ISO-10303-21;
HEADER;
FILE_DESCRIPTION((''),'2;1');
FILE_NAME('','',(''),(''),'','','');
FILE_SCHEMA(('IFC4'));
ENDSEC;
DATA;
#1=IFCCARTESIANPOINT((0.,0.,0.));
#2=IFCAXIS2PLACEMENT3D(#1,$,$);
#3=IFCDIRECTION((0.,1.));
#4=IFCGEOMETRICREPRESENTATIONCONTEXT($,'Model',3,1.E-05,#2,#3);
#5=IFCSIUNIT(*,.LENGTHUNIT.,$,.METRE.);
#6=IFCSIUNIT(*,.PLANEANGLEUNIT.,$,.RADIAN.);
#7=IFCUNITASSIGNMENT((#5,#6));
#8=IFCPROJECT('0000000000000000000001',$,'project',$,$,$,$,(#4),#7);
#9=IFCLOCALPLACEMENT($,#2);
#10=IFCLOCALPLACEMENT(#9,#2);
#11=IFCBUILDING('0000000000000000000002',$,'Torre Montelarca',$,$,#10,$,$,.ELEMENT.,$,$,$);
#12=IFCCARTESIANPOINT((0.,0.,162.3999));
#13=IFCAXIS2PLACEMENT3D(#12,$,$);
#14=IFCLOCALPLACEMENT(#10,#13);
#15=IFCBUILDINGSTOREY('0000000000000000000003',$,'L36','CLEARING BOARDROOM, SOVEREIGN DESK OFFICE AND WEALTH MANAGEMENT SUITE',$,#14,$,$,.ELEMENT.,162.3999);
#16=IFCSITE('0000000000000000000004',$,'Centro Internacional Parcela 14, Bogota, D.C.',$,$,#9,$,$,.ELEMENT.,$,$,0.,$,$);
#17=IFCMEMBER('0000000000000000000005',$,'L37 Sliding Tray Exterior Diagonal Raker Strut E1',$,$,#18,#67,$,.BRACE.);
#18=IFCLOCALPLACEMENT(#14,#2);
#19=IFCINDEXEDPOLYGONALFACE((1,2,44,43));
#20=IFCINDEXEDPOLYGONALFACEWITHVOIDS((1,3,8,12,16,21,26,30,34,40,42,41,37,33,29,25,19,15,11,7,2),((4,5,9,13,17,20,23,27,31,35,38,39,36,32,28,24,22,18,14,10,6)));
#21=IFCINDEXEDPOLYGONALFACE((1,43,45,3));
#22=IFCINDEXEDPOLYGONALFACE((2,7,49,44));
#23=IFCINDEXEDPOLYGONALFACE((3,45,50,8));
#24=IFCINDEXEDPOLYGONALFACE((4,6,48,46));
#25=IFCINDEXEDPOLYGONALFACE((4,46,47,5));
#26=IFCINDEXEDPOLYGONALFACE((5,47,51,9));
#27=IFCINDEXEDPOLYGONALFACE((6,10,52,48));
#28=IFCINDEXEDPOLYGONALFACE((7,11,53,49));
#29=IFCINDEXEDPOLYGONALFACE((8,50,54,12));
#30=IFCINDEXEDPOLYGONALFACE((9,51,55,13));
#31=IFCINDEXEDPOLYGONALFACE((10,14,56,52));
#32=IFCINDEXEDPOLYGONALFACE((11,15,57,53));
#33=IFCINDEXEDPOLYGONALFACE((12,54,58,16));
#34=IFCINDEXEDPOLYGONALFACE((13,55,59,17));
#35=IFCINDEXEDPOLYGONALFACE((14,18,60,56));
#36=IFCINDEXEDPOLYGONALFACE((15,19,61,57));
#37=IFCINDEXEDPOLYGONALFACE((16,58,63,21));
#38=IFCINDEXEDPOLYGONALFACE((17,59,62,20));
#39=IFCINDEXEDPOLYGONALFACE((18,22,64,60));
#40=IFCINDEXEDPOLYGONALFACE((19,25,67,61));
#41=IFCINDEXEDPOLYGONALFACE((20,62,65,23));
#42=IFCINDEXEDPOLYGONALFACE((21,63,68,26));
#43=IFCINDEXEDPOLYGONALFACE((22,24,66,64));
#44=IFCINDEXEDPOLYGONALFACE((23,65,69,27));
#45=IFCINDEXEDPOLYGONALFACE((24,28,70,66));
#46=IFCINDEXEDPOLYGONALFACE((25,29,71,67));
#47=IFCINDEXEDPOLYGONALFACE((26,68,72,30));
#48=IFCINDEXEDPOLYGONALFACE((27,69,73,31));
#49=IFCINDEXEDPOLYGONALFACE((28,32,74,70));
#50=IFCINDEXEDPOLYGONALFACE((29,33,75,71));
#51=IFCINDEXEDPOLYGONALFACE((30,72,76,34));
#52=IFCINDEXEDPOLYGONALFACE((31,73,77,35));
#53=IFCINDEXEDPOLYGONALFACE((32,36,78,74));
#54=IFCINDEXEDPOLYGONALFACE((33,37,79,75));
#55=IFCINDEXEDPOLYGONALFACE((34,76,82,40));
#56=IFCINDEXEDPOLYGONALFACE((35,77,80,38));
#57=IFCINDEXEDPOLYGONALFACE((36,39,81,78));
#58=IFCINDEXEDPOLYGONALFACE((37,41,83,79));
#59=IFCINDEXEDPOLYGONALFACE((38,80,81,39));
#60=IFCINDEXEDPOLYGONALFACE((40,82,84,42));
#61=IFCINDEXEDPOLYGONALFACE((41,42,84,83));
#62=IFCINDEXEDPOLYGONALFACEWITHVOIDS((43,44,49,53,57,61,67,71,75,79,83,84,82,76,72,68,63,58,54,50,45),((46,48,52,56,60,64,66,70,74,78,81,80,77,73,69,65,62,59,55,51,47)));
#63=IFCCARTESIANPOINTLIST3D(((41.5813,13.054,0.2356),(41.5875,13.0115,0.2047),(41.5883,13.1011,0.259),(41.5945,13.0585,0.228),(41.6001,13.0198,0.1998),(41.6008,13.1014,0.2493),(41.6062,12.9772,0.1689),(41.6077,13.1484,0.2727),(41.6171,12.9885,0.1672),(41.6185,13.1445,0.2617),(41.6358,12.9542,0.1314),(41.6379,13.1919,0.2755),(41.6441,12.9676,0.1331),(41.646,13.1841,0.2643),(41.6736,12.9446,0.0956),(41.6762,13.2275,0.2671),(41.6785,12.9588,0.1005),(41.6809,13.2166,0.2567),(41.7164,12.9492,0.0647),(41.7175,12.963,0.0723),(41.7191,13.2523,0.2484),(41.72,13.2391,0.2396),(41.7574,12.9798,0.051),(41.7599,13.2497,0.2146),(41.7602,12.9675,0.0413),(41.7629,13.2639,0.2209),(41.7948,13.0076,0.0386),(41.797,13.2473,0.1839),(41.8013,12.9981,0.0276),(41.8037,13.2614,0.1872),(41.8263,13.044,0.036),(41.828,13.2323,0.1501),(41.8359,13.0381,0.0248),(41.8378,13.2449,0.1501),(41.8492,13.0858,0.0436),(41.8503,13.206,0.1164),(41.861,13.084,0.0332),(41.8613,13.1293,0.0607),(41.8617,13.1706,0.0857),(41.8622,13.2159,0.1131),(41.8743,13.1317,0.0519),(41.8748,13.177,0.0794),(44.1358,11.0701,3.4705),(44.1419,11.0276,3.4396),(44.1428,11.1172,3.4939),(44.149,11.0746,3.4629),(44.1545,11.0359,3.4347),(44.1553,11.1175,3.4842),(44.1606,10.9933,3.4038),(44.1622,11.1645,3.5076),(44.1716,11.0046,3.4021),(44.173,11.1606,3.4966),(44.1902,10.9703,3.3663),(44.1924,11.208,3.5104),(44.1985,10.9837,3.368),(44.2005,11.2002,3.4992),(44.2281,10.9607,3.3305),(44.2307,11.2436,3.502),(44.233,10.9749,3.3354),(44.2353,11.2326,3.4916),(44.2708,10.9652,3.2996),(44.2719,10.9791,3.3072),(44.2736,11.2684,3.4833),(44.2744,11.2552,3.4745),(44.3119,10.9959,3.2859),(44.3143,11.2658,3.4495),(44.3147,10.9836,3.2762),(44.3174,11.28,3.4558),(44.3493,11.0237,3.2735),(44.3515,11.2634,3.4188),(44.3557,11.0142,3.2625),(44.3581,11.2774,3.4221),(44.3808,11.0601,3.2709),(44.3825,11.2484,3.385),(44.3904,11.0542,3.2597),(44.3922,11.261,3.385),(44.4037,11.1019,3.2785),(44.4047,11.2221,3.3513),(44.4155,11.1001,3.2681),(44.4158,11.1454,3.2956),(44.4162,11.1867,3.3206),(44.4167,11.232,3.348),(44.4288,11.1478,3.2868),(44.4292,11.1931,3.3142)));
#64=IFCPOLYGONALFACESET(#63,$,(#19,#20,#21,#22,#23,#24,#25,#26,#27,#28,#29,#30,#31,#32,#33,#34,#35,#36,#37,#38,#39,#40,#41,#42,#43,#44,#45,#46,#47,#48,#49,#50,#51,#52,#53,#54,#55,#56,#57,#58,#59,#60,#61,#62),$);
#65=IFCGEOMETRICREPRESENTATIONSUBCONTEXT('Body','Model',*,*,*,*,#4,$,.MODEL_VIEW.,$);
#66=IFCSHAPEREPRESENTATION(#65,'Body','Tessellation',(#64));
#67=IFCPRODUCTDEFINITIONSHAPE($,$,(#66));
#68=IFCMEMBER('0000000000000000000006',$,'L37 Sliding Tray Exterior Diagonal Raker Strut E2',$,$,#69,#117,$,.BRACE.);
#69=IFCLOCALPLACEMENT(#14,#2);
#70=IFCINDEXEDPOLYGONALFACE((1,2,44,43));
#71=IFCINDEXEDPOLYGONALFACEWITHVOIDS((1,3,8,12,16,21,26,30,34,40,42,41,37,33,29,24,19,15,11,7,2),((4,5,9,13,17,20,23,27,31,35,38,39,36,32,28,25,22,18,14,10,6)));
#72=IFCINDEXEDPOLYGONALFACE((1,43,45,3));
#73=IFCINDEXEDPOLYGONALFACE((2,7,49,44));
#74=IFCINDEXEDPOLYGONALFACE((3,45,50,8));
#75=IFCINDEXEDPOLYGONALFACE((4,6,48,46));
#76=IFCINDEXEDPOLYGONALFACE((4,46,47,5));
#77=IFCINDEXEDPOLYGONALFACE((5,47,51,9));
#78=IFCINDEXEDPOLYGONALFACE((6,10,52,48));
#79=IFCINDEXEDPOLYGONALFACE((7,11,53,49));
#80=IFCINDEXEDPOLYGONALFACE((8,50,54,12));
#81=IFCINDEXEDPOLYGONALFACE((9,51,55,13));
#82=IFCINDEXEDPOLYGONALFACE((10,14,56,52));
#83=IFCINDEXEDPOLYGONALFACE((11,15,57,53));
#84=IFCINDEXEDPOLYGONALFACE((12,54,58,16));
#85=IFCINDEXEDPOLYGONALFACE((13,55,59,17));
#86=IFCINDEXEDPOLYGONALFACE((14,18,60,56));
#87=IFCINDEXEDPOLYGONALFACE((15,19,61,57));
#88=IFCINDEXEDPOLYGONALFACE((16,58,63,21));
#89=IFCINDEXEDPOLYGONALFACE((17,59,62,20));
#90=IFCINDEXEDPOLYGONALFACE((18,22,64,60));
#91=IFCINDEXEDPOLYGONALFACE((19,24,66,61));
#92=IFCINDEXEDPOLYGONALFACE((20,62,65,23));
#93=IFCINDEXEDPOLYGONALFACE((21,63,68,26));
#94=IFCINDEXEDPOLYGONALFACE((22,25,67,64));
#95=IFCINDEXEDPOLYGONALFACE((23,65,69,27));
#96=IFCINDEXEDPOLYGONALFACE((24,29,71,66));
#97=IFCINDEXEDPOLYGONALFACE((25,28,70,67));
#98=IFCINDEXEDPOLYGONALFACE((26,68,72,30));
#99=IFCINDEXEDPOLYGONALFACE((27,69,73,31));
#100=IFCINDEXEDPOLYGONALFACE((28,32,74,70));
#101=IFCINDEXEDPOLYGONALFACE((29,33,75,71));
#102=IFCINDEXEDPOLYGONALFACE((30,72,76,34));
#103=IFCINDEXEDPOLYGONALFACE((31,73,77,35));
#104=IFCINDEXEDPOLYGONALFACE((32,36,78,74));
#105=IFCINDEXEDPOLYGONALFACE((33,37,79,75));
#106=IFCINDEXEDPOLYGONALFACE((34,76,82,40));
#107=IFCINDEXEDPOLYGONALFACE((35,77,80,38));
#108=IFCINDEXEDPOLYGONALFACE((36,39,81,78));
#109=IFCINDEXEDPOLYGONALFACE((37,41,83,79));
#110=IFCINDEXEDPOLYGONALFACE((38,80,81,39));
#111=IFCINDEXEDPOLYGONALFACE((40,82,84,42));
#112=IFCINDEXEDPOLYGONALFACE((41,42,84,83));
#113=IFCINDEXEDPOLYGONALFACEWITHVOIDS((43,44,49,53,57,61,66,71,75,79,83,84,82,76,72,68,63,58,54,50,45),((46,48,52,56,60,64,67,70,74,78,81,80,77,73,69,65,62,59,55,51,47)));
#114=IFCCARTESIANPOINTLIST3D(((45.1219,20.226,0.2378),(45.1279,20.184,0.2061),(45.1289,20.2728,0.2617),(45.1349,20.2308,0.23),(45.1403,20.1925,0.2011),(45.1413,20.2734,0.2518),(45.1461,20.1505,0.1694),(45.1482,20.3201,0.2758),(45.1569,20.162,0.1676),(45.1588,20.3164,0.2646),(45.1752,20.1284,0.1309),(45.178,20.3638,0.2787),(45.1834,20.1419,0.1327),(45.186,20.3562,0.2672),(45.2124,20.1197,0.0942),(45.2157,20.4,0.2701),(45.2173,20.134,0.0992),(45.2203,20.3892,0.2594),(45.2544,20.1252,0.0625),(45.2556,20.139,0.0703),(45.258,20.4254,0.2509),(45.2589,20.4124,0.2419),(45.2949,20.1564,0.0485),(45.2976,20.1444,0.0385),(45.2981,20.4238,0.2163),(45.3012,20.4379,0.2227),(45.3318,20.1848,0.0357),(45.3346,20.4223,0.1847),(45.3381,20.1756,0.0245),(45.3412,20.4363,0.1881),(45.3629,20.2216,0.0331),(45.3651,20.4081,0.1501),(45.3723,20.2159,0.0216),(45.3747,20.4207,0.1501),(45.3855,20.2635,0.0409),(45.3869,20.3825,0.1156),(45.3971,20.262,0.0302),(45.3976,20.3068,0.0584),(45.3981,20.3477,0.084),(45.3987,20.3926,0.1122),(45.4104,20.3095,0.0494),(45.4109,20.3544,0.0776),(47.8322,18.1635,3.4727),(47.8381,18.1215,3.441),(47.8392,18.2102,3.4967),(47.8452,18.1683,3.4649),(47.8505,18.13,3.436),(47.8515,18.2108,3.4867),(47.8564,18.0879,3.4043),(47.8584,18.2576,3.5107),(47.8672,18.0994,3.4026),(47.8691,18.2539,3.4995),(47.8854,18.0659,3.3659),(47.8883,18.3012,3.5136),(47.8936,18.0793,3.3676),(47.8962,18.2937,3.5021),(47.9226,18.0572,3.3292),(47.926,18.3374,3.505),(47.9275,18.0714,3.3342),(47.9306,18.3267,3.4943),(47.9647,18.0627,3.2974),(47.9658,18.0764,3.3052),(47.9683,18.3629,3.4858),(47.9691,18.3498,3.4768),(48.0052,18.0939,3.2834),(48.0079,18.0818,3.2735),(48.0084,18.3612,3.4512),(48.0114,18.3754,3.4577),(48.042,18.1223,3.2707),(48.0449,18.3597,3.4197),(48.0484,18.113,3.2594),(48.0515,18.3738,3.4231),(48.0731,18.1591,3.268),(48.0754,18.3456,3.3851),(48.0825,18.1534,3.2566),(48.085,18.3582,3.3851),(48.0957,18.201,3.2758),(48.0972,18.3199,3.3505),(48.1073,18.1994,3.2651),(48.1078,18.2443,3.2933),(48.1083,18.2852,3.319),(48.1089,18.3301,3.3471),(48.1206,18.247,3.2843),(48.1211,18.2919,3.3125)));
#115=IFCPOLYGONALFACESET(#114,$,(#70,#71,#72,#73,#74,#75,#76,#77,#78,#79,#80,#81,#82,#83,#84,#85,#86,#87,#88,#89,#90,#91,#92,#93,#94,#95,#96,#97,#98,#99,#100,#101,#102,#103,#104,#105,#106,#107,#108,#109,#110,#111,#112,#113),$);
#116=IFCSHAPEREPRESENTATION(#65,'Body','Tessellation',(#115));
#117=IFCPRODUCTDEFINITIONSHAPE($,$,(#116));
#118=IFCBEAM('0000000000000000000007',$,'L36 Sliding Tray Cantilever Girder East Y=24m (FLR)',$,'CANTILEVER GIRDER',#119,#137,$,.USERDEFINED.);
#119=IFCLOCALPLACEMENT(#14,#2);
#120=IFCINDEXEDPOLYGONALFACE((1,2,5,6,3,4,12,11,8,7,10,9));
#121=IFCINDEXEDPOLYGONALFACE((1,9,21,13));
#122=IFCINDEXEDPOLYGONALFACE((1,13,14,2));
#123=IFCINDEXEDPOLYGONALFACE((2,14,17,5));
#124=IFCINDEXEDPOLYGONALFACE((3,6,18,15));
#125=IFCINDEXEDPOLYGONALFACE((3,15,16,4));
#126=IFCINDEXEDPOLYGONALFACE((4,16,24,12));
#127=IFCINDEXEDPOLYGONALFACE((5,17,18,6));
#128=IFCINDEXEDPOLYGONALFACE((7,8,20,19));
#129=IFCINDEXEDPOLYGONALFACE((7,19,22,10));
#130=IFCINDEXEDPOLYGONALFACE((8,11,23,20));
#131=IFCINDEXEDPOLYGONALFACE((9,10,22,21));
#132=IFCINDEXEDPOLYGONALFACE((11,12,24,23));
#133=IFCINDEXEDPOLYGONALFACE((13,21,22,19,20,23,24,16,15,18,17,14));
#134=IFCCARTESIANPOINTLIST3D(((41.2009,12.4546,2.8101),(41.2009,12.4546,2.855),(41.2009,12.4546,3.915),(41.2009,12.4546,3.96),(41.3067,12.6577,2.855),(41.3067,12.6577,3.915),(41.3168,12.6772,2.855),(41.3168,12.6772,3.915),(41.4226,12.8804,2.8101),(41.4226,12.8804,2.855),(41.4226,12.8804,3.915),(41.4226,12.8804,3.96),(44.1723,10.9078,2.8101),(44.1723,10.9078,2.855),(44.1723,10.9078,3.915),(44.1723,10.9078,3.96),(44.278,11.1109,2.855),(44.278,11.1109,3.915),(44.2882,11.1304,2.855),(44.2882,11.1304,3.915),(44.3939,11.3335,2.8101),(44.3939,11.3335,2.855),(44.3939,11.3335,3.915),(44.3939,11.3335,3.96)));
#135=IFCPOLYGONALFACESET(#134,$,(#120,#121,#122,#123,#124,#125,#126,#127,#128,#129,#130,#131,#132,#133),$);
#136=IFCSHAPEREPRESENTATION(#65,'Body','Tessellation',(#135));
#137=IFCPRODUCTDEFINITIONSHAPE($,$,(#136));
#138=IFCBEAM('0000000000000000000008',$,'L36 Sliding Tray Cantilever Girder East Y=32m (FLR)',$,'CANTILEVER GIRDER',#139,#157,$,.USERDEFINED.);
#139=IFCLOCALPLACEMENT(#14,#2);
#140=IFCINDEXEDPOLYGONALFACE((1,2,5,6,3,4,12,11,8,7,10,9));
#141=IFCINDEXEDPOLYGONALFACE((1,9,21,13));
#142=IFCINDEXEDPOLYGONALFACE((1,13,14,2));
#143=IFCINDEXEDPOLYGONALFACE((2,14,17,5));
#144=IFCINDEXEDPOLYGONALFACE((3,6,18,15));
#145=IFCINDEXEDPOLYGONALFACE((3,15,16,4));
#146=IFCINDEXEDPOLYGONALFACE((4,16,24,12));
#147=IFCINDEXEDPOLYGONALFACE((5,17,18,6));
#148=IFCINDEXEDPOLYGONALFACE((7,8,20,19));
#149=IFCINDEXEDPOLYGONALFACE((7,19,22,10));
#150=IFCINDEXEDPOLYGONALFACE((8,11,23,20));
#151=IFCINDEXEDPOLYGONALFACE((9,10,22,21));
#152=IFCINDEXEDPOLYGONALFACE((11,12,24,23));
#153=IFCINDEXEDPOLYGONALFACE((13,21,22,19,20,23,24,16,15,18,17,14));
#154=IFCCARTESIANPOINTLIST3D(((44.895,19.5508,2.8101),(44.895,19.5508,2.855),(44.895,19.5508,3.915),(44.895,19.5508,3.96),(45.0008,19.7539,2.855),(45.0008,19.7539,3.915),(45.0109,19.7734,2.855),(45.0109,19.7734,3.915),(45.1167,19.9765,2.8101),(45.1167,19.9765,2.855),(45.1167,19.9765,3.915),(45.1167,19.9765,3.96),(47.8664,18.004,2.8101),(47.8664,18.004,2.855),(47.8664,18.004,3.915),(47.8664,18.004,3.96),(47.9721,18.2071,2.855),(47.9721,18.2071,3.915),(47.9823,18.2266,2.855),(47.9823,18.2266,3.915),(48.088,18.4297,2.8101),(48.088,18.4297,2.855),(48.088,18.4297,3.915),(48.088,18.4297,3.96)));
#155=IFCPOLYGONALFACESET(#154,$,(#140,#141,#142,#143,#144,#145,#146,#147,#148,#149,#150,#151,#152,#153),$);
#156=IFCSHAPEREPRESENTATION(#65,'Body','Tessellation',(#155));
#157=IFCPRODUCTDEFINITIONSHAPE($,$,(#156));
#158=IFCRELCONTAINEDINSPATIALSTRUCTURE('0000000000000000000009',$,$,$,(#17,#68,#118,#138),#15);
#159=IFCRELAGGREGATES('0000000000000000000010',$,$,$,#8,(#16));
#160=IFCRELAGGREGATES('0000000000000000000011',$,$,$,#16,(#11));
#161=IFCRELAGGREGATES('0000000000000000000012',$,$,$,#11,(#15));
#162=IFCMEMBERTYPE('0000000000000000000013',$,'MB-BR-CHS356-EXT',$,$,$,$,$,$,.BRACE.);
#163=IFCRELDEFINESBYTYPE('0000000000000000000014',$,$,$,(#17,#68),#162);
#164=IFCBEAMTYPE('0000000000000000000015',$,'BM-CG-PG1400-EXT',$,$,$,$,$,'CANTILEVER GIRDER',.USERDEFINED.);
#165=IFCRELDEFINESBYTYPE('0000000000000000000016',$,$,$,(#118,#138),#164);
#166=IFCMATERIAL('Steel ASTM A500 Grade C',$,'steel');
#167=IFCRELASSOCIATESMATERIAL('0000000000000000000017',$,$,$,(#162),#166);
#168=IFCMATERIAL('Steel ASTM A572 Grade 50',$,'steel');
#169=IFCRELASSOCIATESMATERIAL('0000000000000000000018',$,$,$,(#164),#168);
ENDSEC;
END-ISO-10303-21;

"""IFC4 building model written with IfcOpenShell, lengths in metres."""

from ifc_helpers import new_model, si_unit, direction, frame, origin, origin_2d, place, context, subcontext, project, spatial, hollow_circle, i_section, extrude, source, transform, mapped, material, material_profile, profile_set, type_object, element, save


model = new_model("IFC4")

# Units and contexts
model_context = context("Model", 3, precision=1e-05, world=origin(), true_north=direction((0.0, 1.0)))
body_context = subcontext(model_context, "Body", "Model", "MODEL_VIEW")
ifc_project = project(units=[si_unit("LENGTHUNIT", "METRE"), si_unit("PLANEANGLEUNIT", "RADIAN")], contexts=[model_context])

# Site, building, storey
site_placement = place(None, origin())
site = spatial("IfcSite", under=ifc_project, at=site_placement, Name="Centro Internacional Parcela 14, Bogota, D.C.", CompositionType="ELEMENT", RefElevation=0.0)
building_placement = place(site_placement, origin())
building = spatial("IfcBuilding", under=site, at=building_placement, Name="Torre Montelarca", CompositionType="ELEMENT")
storey_placement = place(building_placement, frame((0.0, 0.0, 162.3999)))
storey = spatial("IfcBuildingStorey", under=building, at=storey_placement, Name="L36", Description="CLEARING BOARDROOM, SOVEREIGN DESK OFFICE AND WEALTH MANAGEMENT SUITE", CompositionType="ELEMENT", Elevation=162.3999)

# Members
ifc_material_1 = material(Name="Steel ASTM A500 Grade C", Category="steel")
ifc_material_profile_1 = material_profile(ifc_material_1, hollow_circle(Radius=0.1777, WallThickness=0.0159, at=origin_2d()), Name="HSS355.6X15.9", Category="steel")
ifc_profile_set_1 = profile_set([ifc_material_profile_1], Name="Steel ASTM A500 Grade C")
member_type_1 = type_object("IfcMemberType", Name="MB-BR-CHS356-EXT", PredefinedType="BRACE", material=ifc_profile_set_1)
shared_shape_1 = source(origin(), body_context, "Body", "SweptSolid", [
    extrude(hollow_circle(Radius=0.1777, WallThickness=0.0159, at=origin_2d()), origin(), (0.0, 0.0, 1.0), 4.5745),
])
member_1_placement = place(storey_placement, frame((41.7288, 13.1045, 0.1501), z_axis=(0.558419, -0.433691, 0.707163), x_axis=(0.613381, 0.789787, 0.0)))
element("IfcMember", 1, at=member_1_placement, inside=storey, type_object=member_type_1, Name="L37 Sliding Tray Exterior Diagonal Raker Strut E1", PredefinedType="BRACE", context=body_context, shape_type="MappedRepresentation", body=[
    mapped(shared_shape_1, transform((0.0, 0.0, 0.0), scale=1.0)),
])
shared_shape_2 = source(origin(), body_context, "Body", "SweptSolid", [
    extrude(hollow_circle(Radius=0.1777, WallThickness=0.0159, at=origin_2d()), origin(), (0.0, 0.0, 1.0), 4.6973),
])
member_2_placement = place(storey_placement, frame((45.2671, 20.2793, 0.1501), z_axis=(0.576986, -0.439094, 0.688683), x_axis=(0.605594, 0.795774, 0.0)))
element("IfcMember", 2, at=member_2_placement, inside=storey, type_object=member_type_1, Name="L37 Sliding Tray Exterior Diagonal Raker Strut E2", PredefinedType="BRACE", context=body_context, shape_type="MappedRepresentation", body=[
    mapped(shared_shape_2, transform((0.0, 0.0, 0.0), scale=1.0)),
])

# Beams
ifc_material_2 = material(Name="Steel ASTM A572 Grade 50", Category="steel")
ifc_material_profile_2 = material_profile(ifc_material_2, i_section(OverallWidth=0.48, OverallDepth=1.1499, WebThickness=0.022, FlangeThickness=0.0449, at=origin_2d()), Name="PG1150X480X22X45", Category="steel")
ifc_profile_set_2 = profile_set([ifc_material_profile_2], Name="Steel ASTM A572 Grade 50")
beam_type_1 = type_object("IfcBeamType", Name="BM-CG-PG1400-EXT", ElementType="CANTILEVER GIRDER", PredefinedType="USERDEFINED", material=ifc_profile_set_2)
shared_shape_3 = source(origin(), body_context, "Body", "SweptSolid", [
    extrude(i_section(OverallWidth=0.48, OverallDepth=1.1499, WebThickness=0.022, FlangeThickness=0.0449, at=origin_2d()), origin(), (0.0, 0.0, 1.0), 3.3499),
])
for number, where, z_axis, x_axis, name in (
    (3, (41.3118, 12.6675, 3.385), (0.887006, -0.461759, 0.0), (0.461759, 0.887006, 0.0), "L36 Sliding Tray Cantilever Girder East Y=24m (FLR)"),
    (4, (45.0059, 19.7637, 3.385), (0.887006, -0.461759, 0.0), (0.461759, 0.887006, 0.0), "L36 Sliding Tray Cantilever Girder East Y=32m (FLR)"),
):
    element("IfcBeam", number, at=place(storey_placement, frame(where, z_axis=z_axis, x_axis=x_axis)), inside=storey, type_object=beam_type_1, Name=name, ObjectType="CANTILEVER GIRDER", PredefinedType="USERDEFINED", context=body_context, shape_type="MappedRepresentation", body=[
        mapped(shared_shape_3, transform((0.0, 0.0, 0.0), scale=1.0)),
    ])

save(model, "model.ifc")
